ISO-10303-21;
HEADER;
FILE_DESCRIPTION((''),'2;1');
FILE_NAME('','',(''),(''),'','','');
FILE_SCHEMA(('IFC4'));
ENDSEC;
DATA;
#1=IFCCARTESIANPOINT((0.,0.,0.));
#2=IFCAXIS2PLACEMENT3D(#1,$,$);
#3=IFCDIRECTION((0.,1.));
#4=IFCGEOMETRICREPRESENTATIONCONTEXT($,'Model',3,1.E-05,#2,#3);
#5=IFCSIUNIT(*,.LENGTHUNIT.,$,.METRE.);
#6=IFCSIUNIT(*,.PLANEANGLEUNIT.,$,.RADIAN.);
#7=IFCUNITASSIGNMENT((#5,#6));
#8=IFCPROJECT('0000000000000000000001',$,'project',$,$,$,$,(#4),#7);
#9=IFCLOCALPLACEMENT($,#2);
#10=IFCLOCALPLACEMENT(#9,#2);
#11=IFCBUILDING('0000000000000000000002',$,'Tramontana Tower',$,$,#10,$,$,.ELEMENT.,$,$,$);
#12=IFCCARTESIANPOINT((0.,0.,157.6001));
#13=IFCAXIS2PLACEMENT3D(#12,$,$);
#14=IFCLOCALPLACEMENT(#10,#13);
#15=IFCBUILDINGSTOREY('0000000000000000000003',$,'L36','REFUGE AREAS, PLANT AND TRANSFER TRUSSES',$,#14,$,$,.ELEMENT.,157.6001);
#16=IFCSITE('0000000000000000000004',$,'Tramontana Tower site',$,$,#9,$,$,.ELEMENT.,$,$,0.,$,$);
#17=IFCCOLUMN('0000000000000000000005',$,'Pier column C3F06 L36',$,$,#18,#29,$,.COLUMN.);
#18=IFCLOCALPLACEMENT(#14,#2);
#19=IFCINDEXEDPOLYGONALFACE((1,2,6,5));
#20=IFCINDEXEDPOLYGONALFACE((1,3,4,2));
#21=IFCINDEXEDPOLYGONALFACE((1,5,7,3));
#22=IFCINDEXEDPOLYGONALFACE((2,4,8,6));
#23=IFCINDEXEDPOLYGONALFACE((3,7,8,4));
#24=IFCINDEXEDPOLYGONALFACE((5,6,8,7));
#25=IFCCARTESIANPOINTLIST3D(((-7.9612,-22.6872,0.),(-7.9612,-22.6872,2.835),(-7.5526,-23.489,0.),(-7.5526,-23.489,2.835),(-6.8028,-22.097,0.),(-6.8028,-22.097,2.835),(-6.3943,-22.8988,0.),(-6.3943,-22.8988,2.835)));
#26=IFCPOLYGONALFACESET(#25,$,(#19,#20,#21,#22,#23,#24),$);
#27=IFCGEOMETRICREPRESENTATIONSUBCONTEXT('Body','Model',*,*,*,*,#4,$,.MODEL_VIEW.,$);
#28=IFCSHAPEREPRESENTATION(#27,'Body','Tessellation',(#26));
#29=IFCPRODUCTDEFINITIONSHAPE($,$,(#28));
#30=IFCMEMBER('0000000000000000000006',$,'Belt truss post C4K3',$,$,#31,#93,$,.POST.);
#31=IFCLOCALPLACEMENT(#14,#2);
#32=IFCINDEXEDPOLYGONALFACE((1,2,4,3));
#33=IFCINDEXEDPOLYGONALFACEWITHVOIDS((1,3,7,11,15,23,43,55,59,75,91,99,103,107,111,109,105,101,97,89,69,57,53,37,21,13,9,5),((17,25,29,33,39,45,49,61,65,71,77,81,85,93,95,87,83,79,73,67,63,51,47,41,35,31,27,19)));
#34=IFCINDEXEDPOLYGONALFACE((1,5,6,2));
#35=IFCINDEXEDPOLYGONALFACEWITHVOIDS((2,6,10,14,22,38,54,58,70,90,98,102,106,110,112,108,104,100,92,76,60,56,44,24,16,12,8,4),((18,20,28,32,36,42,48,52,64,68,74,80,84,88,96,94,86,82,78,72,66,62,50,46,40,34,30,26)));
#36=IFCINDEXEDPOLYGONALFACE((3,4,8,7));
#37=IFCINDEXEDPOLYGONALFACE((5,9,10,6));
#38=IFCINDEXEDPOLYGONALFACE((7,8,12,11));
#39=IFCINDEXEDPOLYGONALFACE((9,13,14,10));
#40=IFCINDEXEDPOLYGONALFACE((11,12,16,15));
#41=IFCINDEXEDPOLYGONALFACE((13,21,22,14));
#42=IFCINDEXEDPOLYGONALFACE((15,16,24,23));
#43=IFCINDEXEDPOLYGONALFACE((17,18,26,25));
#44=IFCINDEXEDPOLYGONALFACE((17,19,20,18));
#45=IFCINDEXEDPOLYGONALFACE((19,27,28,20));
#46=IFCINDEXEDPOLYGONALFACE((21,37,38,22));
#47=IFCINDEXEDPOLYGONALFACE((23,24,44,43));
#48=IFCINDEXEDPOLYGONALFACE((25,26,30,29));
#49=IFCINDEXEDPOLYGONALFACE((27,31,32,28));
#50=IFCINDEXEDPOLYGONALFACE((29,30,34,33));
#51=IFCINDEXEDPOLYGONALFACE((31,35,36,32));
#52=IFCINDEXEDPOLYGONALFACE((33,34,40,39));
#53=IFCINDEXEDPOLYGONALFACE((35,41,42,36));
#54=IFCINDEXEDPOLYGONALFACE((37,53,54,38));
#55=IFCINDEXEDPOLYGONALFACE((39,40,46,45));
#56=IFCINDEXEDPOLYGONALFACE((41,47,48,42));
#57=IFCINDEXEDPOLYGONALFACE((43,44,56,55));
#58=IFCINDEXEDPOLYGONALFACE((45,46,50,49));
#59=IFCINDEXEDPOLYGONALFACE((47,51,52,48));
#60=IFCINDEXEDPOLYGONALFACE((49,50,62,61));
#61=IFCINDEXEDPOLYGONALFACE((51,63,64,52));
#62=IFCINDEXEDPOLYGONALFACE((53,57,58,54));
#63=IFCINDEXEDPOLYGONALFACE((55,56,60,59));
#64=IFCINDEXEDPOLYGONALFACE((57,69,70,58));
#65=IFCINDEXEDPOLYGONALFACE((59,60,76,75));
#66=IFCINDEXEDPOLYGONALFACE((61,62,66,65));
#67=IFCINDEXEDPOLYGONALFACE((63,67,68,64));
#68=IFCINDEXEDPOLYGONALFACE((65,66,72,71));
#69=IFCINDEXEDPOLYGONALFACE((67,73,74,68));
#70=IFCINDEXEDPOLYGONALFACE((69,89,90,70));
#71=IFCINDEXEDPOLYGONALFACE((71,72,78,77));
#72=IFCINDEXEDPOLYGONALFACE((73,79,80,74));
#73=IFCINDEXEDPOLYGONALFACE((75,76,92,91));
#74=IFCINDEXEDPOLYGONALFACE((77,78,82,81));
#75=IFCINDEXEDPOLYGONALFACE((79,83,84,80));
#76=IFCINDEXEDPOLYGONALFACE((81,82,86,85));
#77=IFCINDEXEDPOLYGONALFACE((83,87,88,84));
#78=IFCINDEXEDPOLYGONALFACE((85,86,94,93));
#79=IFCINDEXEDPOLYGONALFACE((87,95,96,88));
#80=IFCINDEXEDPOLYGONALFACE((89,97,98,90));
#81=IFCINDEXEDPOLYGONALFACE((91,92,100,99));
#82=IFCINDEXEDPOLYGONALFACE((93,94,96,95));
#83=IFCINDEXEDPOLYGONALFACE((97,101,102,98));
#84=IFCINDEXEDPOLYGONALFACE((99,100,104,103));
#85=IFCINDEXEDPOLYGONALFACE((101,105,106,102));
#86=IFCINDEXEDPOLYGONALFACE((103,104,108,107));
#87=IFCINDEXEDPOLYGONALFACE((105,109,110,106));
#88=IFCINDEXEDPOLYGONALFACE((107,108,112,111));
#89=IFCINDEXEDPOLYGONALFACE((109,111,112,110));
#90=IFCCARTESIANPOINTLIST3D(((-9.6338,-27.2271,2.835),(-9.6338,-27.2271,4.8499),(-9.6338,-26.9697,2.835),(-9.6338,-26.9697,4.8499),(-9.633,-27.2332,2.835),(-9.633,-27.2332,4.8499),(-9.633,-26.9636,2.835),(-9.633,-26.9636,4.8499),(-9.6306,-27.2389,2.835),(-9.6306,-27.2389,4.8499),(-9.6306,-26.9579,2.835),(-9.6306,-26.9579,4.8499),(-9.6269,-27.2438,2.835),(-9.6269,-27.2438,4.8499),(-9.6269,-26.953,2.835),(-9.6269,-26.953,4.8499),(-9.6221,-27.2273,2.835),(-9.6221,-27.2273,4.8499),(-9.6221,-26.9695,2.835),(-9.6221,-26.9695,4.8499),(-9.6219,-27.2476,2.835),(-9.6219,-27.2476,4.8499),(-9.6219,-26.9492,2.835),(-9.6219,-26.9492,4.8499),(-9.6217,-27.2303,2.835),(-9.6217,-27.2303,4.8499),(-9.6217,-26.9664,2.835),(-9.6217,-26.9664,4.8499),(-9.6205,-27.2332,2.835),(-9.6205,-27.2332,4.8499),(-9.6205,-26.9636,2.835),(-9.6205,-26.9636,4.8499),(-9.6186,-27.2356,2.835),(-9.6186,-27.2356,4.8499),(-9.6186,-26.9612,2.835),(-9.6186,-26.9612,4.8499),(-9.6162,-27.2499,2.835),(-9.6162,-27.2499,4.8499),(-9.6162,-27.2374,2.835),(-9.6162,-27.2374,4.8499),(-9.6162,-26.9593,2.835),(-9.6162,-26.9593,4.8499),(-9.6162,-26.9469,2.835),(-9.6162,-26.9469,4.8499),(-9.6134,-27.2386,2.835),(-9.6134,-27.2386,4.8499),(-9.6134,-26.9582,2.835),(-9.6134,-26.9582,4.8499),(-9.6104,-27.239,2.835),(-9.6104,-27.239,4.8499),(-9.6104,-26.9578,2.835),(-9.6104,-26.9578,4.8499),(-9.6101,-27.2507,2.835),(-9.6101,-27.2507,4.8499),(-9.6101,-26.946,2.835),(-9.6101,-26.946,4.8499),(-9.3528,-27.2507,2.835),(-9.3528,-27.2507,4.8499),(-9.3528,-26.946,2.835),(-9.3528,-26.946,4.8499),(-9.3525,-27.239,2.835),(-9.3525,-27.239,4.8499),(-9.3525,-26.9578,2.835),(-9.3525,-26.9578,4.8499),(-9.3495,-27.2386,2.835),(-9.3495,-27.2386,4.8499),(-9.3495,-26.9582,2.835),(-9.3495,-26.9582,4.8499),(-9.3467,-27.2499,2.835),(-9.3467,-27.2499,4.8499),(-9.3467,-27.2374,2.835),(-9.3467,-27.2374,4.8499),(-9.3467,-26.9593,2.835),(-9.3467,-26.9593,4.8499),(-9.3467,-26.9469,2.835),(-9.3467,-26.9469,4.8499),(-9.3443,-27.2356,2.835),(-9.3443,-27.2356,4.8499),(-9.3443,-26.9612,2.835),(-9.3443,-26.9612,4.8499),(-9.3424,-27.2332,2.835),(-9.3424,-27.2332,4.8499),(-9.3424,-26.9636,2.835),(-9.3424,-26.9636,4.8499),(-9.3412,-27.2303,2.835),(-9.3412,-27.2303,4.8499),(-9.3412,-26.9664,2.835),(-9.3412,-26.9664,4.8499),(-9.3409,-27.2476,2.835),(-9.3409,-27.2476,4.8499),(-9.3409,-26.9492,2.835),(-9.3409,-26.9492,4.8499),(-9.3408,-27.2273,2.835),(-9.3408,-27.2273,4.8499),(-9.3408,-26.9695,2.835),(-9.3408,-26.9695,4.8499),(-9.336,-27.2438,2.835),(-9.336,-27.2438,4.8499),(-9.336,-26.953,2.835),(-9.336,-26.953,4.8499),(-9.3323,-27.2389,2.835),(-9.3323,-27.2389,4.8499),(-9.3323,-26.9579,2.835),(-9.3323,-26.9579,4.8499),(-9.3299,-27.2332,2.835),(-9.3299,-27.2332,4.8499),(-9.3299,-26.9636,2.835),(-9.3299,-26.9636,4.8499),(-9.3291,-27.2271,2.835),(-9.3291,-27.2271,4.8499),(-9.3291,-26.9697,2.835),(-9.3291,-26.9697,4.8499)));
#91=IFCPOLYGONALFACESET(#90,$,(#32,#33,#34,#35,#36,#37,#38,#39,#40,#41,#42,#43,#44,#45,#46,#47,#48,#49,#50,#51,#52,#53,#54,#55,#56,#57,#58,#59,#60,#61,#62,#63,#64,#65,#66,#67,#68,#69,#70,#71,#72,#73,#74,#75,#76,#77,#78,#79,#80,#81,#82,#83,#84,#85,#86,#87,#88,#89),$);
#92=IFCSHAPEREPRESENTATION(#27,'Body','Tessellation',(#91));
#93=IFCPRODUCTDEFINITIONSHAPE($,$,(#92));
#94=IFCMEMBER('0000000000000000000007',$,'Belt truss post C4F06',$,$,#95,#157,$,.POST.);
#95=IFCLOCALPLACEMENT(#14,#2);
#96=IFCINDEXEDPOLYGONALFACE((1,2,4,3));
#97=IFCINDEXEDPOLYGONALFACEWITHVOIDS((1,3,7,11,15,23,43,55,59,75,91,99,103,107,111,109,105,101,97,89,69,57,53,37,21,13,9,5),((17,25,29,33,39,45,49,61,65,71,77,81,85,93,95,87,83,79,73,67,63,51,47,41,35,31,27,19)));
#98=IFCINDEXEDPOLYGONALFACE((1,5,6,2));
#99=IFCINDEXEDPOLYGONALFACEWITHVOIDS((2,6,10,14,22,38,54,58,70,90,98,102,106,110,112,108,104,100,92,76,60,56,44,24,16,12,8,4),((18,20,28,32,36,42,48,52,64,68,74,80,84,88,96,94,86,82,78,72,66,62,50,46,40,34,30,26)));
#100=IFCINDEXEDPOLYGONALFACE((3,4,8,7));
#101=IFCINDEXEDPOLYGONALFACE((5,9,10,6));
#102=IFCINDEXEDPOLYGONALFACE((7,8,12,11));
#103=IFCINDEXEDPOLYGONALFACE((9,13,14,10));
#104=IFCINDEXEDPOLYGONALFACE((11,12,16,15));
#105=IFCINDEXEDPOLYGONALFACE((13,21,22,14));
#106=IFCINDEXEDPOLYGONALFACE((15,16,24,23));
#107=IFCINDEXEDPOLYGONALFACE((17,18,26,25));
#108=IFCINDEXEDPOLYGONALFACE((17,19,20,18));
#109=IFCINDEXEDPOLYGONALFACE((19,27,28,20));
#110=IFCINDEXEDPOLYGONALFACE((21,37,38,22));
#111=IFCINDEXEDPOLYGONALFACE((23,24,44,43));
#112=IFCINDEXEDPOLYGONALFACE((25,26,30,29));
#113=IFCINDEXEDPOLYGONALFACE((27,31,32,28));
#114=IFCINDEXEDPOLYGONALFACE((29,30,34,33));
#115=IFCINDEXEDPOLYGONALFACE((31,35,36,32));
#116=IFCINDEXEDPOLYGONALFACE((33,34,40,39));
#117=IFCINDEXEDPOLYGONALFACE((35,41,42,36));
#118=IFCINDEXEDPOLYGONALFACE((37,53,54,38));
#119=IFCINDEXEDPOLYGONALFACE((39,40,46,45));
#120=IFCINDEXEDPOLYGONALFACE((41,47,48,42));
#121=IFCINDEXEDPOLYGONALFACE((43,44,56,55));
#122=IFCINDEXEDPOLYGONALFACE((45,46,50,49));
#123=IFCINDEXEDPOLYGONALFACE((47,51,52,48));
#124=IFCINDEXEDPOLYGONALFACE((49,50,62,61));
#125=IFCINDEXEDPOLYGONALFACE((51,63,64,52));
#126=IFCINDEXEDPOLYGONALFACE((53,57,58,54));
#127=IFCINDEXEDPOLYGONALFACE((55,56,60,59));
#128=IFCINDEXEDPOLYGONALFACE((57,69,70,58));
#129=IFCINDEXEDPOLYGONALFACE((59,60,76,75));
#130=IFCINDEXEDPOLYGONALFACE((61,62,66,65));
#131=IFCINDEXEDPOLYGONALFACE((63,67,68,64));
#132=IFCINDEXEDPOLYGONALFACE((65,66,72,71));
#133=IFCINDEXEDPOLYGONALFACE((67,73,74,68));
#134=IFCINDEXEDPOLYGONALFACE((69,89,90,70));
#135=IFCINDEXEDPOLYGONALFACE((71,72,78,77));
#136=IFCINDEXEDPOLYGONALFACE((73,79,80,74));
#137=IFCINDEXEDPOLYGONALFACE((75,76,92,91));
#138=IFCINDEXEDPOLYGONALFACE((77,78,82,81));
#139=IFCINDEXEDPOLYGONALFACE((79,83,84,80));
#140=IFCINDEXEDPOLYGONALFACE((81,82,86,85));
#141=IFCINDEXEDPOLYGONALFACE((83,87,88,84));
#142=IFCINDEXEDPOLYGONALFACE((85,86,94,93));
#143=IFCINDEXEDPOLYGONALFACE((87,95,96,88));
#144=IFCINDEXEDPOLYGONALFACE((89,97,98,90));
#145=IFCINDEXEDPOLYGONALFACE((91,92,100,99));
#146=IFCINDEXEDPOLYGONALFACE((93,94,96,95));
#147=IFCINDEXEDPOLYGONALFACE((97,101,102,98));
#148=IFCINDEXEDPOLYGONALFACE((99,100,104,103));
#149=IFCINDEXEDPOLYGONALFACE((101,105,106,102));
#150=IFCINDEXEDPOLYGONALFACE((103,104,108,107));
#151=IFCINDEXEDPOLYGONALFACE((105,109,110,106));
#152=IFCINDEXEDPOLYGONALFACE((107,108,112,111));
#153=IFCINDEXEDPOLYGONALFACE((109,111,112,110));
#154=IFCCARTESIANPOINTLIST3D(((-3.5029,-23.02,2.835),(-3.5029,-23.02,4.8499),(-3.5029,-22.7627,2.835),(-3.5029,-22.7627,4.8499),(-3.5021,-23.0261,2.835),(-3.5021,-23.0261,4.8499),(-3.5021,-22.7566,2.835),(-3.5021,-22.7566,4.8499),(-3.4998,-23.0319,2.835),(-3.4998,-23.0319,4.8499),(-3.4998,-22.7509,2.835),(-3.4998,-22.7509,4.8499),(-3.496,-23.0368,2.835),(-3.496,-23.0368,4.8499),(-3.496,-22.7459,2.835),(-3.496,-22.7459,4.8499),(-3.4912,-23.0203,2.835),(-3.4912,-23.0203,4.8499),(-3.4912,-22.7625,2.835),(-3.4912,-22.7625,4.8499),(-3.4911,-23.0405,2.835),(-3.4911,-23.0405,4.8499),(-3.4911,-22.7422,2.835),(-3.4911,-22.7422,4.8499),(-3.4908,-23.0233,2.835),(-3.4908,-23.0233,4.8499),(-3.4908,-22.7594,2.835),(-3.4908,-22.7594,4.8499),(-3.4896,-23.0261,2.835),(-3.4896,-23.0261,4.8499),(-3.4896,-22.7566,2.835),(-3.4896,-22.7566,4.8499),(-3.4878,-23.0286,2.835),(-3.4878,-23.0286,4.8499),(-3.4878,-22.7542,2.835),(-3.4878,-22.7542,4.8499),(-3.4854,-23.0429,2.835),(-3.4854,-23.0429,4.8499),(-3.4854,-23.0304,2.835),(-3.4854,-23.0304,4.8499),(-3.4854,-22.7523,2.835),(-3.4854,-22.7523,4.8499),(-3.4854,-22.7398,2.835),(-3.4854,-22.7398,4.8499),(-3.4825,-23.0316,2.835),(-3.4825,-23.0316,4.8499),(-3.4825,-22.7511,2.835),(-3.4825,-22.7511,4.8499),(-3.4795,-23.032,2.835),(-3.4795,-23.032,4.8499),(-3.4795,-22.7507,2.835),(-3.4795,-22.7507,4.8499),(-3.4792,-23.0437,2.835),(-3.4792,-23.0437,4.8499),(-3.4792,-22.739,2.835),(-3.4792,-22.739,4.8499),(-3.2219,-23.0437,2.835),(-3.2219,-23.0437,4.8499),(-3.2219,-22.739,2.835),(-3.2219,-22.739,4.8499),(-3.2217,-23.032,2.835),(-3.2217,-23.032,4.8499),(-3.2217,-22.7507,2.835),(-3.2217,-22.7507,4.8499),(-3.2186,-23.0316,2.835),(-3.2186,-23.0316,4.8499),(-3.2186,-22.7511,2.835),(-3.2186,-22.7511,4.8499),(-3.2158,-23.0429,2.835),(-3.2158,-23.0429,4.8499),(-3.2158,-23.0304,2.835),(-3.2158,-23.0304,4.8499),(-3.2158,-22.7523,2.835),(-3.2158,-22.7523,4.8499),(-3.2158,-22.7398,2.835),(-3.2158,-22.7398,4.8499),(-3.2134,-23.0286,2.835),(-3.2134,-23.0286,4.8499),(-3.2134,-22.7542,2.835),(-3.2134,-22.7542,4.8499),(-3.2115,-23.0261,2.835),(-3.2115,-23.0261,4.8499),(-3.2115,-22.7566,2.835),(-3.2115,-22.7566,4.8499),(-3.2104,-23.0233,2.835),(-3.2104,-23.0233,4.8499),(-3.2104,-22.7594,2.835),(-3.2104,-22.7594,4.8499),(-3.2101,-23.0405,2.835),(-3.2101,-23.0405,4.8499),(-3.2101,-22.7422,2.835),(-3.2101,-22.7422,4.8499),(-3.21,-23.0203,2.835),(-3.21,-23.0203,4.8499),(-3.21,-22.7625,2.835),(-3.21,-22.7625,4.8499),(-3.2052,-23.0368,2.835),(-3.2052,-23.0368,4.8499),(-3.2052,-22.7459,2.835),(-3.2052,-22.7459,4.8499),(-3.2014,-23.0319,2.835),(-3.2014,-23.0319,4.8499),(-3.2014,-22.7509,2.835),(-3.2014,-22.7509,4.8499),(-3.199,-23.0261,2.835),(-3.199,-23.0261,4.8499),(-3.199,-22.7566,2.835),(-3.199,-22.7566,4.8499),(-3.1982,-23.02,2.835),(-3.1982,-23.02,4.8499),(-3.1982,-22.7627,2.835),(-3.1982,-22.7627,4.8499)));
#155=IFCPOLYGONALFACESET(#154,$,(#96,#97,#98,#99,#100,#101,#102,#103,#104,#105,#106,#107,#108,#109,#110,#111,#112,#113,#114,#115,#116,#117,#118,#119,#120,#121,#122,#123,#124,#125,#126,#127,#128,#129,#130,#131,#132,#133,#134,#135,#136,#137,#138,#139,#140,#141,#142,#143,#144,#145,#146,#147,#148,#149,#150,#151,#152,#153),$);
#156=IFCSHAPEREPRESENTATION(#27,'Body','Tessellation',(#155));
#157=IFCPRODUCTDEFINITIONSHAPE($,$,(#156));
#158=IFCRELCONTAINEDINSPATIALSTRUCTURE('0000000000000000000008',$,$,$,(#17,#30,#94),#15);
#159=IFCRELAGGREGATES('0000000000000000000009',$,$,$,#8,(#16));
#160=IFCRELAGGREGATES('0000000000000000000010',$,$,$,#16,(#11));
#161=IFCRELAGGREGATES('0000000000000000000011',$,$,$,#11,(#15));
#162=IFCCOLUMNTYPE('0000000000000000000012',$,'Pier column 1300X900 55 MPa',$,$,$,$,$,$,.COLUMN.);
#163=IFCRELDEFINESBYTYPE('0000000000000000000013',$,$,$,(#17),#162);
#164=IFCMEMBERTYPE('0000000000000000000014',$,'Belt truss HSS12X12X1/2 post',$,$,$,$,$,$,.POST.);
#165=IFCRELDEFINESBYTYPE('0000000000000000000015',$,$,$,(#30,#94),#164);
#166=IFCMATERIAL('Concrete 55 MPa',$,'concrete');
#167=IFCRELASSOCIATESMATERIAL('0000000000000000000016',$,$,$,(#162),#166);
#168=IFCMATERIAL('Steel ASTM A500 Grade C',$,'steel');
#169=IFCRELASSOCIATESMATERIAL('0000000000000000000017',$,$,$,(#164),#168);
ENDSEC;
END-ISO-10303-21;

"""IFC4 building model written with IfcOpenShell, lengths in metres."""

from ifc_helpers import new_model, si_unit, direction, frame, origin, origin_2d, place, context, subcontext, project, spatial, rectangle, hollow_rectangle, extrude, material, material_profile, profile_set, type_object, element, save


model = new_model("IFC4")

# Units and contexts
model_context = context("Model", 3, precision=1e-05, world=origin(), true_north=direction((0.0, 1.0)))
body_context = subcontext(model_context, "Body", "Model", "MODEL_VIEW")
ifc_project = project(units=[si_unit("LENGTHUNIT", "METRE"), si_unit("PLANEANGLEUNIT", "RADIAN")], contexts=[model_context])

# Site, building, storey
site_placement = place(None, origin())
site = spatial("IfcSite", under=ifc_project, at=site_placement, Name="Tramontana Tower site", CompositionType="ELEMENT", RefElevation=0.0)
building_placement = place(site_placement, origin())
building = spatial("IfcBuilding", under=site, at=building_placement, Name="Tramontana Tower", CompositionType="ELEMENT")
storey_placement = place(building_placement, frame((0.0, 0.0, 157.6001)))
storey = spatial("IfcBuildingStorey", under=building, at=storey_placement, Name="L36", Description="REFUGE AREAS, PLANT AND TRANSFER TRUSSES", CompositionType="ELEMENT", Elevation=157.6001)

# Column
ifc_material_1 = material(Name="Concrete 55 MPa", Category="concrete")
ifc_material_profile_1 = material_profile(ifc_material_1, rectangle(XDim=1.3, YDim=0.8999, at=origin_2d()), Name="Pier column 1300X900 55 MPa")
ifc_profile_set_1 = profile_set([ifc_material_profile_1], Name="Concrete 55 MPa")
column_type = type_object("IfcColumnType", Name="Pier column 1300X900 55 MPa", PredefinedType="COLUMN", material=ifc_profile_set_1)
column_placement = place(storey_placement, frame((-7.1777, -22.793, 0.0), z_axis=(0.0, 0.0, 1.0), x_axis=(0.891007, 0.45399, 0.0)))
element("IfcColumn", 1, at=column_placement, inside=storey, type_object=column_type, Name="Pier column C3F06 L36", PredefinedType="COLUMN", context=body_context, shape_type="SweptSolid", body=[
    extrude(rectangle(XDim=1.3, YDim=0.8999, at=origin_2d()), origin(), (0.0, 0.0, 1.0), 2.835),
])

# Members
ifc_material_2 = material(Name="Steel ASTM A500 Grade C", Category="steel")
ifc_material_profile_2 = material_profile(ifc_material_2, hollow_rectangle(XDim=0.3047, YDim=0.3047, WallThickness=0.0117, InnerFilletRadius=0.0117, OuterFilletRadius=0.0237, at=origin_2d()), Name="HSS12X12X1/2")
ifc_profile_set_2 = profile_set([ifc_material_profile_2], Name="Steel ASTM A500 Grade C")
member_type_1 = type_object("IfcMemberType", Name="Belt truss HSS12X12X1/2 post", PredefinedType="POST", material=ifc_profile_set_2)
for number, where, z_axis, x_axis, name in (
    (2, (-9.4814, -27.0984, 2.835), (0.0, 0.0, 1.0), (1.0, 0.0, 0.0), "Belt truss post C4K3"),
    (3, (-3.3506, -22.8914, 2.835), (0.0, 0.0, 1.0), (1.0, 0.0, 0.0), "Belt truss post C4F06"),
):
    element("IfcMember", number, at=place(storey_placement, frame(where, z_axis=z_axis, x_axis=x_axis)), inside=storey, type_object=member_type_1, Name=name, PredefinedType="POST", context=body_context, shape_type="SweptSolid", body=[
        extrude(hollow_rectangle(XDim=0.3047, YDim=0.3047, WallThickness=0.0117, InnerFilletRadius=0.0117, OuterFilletRadius=0.0237, at=origin_2d()), origin(), (0.0, 0.0, 1.0), 2.0149),
    ])

save(model, "model.ifc")
